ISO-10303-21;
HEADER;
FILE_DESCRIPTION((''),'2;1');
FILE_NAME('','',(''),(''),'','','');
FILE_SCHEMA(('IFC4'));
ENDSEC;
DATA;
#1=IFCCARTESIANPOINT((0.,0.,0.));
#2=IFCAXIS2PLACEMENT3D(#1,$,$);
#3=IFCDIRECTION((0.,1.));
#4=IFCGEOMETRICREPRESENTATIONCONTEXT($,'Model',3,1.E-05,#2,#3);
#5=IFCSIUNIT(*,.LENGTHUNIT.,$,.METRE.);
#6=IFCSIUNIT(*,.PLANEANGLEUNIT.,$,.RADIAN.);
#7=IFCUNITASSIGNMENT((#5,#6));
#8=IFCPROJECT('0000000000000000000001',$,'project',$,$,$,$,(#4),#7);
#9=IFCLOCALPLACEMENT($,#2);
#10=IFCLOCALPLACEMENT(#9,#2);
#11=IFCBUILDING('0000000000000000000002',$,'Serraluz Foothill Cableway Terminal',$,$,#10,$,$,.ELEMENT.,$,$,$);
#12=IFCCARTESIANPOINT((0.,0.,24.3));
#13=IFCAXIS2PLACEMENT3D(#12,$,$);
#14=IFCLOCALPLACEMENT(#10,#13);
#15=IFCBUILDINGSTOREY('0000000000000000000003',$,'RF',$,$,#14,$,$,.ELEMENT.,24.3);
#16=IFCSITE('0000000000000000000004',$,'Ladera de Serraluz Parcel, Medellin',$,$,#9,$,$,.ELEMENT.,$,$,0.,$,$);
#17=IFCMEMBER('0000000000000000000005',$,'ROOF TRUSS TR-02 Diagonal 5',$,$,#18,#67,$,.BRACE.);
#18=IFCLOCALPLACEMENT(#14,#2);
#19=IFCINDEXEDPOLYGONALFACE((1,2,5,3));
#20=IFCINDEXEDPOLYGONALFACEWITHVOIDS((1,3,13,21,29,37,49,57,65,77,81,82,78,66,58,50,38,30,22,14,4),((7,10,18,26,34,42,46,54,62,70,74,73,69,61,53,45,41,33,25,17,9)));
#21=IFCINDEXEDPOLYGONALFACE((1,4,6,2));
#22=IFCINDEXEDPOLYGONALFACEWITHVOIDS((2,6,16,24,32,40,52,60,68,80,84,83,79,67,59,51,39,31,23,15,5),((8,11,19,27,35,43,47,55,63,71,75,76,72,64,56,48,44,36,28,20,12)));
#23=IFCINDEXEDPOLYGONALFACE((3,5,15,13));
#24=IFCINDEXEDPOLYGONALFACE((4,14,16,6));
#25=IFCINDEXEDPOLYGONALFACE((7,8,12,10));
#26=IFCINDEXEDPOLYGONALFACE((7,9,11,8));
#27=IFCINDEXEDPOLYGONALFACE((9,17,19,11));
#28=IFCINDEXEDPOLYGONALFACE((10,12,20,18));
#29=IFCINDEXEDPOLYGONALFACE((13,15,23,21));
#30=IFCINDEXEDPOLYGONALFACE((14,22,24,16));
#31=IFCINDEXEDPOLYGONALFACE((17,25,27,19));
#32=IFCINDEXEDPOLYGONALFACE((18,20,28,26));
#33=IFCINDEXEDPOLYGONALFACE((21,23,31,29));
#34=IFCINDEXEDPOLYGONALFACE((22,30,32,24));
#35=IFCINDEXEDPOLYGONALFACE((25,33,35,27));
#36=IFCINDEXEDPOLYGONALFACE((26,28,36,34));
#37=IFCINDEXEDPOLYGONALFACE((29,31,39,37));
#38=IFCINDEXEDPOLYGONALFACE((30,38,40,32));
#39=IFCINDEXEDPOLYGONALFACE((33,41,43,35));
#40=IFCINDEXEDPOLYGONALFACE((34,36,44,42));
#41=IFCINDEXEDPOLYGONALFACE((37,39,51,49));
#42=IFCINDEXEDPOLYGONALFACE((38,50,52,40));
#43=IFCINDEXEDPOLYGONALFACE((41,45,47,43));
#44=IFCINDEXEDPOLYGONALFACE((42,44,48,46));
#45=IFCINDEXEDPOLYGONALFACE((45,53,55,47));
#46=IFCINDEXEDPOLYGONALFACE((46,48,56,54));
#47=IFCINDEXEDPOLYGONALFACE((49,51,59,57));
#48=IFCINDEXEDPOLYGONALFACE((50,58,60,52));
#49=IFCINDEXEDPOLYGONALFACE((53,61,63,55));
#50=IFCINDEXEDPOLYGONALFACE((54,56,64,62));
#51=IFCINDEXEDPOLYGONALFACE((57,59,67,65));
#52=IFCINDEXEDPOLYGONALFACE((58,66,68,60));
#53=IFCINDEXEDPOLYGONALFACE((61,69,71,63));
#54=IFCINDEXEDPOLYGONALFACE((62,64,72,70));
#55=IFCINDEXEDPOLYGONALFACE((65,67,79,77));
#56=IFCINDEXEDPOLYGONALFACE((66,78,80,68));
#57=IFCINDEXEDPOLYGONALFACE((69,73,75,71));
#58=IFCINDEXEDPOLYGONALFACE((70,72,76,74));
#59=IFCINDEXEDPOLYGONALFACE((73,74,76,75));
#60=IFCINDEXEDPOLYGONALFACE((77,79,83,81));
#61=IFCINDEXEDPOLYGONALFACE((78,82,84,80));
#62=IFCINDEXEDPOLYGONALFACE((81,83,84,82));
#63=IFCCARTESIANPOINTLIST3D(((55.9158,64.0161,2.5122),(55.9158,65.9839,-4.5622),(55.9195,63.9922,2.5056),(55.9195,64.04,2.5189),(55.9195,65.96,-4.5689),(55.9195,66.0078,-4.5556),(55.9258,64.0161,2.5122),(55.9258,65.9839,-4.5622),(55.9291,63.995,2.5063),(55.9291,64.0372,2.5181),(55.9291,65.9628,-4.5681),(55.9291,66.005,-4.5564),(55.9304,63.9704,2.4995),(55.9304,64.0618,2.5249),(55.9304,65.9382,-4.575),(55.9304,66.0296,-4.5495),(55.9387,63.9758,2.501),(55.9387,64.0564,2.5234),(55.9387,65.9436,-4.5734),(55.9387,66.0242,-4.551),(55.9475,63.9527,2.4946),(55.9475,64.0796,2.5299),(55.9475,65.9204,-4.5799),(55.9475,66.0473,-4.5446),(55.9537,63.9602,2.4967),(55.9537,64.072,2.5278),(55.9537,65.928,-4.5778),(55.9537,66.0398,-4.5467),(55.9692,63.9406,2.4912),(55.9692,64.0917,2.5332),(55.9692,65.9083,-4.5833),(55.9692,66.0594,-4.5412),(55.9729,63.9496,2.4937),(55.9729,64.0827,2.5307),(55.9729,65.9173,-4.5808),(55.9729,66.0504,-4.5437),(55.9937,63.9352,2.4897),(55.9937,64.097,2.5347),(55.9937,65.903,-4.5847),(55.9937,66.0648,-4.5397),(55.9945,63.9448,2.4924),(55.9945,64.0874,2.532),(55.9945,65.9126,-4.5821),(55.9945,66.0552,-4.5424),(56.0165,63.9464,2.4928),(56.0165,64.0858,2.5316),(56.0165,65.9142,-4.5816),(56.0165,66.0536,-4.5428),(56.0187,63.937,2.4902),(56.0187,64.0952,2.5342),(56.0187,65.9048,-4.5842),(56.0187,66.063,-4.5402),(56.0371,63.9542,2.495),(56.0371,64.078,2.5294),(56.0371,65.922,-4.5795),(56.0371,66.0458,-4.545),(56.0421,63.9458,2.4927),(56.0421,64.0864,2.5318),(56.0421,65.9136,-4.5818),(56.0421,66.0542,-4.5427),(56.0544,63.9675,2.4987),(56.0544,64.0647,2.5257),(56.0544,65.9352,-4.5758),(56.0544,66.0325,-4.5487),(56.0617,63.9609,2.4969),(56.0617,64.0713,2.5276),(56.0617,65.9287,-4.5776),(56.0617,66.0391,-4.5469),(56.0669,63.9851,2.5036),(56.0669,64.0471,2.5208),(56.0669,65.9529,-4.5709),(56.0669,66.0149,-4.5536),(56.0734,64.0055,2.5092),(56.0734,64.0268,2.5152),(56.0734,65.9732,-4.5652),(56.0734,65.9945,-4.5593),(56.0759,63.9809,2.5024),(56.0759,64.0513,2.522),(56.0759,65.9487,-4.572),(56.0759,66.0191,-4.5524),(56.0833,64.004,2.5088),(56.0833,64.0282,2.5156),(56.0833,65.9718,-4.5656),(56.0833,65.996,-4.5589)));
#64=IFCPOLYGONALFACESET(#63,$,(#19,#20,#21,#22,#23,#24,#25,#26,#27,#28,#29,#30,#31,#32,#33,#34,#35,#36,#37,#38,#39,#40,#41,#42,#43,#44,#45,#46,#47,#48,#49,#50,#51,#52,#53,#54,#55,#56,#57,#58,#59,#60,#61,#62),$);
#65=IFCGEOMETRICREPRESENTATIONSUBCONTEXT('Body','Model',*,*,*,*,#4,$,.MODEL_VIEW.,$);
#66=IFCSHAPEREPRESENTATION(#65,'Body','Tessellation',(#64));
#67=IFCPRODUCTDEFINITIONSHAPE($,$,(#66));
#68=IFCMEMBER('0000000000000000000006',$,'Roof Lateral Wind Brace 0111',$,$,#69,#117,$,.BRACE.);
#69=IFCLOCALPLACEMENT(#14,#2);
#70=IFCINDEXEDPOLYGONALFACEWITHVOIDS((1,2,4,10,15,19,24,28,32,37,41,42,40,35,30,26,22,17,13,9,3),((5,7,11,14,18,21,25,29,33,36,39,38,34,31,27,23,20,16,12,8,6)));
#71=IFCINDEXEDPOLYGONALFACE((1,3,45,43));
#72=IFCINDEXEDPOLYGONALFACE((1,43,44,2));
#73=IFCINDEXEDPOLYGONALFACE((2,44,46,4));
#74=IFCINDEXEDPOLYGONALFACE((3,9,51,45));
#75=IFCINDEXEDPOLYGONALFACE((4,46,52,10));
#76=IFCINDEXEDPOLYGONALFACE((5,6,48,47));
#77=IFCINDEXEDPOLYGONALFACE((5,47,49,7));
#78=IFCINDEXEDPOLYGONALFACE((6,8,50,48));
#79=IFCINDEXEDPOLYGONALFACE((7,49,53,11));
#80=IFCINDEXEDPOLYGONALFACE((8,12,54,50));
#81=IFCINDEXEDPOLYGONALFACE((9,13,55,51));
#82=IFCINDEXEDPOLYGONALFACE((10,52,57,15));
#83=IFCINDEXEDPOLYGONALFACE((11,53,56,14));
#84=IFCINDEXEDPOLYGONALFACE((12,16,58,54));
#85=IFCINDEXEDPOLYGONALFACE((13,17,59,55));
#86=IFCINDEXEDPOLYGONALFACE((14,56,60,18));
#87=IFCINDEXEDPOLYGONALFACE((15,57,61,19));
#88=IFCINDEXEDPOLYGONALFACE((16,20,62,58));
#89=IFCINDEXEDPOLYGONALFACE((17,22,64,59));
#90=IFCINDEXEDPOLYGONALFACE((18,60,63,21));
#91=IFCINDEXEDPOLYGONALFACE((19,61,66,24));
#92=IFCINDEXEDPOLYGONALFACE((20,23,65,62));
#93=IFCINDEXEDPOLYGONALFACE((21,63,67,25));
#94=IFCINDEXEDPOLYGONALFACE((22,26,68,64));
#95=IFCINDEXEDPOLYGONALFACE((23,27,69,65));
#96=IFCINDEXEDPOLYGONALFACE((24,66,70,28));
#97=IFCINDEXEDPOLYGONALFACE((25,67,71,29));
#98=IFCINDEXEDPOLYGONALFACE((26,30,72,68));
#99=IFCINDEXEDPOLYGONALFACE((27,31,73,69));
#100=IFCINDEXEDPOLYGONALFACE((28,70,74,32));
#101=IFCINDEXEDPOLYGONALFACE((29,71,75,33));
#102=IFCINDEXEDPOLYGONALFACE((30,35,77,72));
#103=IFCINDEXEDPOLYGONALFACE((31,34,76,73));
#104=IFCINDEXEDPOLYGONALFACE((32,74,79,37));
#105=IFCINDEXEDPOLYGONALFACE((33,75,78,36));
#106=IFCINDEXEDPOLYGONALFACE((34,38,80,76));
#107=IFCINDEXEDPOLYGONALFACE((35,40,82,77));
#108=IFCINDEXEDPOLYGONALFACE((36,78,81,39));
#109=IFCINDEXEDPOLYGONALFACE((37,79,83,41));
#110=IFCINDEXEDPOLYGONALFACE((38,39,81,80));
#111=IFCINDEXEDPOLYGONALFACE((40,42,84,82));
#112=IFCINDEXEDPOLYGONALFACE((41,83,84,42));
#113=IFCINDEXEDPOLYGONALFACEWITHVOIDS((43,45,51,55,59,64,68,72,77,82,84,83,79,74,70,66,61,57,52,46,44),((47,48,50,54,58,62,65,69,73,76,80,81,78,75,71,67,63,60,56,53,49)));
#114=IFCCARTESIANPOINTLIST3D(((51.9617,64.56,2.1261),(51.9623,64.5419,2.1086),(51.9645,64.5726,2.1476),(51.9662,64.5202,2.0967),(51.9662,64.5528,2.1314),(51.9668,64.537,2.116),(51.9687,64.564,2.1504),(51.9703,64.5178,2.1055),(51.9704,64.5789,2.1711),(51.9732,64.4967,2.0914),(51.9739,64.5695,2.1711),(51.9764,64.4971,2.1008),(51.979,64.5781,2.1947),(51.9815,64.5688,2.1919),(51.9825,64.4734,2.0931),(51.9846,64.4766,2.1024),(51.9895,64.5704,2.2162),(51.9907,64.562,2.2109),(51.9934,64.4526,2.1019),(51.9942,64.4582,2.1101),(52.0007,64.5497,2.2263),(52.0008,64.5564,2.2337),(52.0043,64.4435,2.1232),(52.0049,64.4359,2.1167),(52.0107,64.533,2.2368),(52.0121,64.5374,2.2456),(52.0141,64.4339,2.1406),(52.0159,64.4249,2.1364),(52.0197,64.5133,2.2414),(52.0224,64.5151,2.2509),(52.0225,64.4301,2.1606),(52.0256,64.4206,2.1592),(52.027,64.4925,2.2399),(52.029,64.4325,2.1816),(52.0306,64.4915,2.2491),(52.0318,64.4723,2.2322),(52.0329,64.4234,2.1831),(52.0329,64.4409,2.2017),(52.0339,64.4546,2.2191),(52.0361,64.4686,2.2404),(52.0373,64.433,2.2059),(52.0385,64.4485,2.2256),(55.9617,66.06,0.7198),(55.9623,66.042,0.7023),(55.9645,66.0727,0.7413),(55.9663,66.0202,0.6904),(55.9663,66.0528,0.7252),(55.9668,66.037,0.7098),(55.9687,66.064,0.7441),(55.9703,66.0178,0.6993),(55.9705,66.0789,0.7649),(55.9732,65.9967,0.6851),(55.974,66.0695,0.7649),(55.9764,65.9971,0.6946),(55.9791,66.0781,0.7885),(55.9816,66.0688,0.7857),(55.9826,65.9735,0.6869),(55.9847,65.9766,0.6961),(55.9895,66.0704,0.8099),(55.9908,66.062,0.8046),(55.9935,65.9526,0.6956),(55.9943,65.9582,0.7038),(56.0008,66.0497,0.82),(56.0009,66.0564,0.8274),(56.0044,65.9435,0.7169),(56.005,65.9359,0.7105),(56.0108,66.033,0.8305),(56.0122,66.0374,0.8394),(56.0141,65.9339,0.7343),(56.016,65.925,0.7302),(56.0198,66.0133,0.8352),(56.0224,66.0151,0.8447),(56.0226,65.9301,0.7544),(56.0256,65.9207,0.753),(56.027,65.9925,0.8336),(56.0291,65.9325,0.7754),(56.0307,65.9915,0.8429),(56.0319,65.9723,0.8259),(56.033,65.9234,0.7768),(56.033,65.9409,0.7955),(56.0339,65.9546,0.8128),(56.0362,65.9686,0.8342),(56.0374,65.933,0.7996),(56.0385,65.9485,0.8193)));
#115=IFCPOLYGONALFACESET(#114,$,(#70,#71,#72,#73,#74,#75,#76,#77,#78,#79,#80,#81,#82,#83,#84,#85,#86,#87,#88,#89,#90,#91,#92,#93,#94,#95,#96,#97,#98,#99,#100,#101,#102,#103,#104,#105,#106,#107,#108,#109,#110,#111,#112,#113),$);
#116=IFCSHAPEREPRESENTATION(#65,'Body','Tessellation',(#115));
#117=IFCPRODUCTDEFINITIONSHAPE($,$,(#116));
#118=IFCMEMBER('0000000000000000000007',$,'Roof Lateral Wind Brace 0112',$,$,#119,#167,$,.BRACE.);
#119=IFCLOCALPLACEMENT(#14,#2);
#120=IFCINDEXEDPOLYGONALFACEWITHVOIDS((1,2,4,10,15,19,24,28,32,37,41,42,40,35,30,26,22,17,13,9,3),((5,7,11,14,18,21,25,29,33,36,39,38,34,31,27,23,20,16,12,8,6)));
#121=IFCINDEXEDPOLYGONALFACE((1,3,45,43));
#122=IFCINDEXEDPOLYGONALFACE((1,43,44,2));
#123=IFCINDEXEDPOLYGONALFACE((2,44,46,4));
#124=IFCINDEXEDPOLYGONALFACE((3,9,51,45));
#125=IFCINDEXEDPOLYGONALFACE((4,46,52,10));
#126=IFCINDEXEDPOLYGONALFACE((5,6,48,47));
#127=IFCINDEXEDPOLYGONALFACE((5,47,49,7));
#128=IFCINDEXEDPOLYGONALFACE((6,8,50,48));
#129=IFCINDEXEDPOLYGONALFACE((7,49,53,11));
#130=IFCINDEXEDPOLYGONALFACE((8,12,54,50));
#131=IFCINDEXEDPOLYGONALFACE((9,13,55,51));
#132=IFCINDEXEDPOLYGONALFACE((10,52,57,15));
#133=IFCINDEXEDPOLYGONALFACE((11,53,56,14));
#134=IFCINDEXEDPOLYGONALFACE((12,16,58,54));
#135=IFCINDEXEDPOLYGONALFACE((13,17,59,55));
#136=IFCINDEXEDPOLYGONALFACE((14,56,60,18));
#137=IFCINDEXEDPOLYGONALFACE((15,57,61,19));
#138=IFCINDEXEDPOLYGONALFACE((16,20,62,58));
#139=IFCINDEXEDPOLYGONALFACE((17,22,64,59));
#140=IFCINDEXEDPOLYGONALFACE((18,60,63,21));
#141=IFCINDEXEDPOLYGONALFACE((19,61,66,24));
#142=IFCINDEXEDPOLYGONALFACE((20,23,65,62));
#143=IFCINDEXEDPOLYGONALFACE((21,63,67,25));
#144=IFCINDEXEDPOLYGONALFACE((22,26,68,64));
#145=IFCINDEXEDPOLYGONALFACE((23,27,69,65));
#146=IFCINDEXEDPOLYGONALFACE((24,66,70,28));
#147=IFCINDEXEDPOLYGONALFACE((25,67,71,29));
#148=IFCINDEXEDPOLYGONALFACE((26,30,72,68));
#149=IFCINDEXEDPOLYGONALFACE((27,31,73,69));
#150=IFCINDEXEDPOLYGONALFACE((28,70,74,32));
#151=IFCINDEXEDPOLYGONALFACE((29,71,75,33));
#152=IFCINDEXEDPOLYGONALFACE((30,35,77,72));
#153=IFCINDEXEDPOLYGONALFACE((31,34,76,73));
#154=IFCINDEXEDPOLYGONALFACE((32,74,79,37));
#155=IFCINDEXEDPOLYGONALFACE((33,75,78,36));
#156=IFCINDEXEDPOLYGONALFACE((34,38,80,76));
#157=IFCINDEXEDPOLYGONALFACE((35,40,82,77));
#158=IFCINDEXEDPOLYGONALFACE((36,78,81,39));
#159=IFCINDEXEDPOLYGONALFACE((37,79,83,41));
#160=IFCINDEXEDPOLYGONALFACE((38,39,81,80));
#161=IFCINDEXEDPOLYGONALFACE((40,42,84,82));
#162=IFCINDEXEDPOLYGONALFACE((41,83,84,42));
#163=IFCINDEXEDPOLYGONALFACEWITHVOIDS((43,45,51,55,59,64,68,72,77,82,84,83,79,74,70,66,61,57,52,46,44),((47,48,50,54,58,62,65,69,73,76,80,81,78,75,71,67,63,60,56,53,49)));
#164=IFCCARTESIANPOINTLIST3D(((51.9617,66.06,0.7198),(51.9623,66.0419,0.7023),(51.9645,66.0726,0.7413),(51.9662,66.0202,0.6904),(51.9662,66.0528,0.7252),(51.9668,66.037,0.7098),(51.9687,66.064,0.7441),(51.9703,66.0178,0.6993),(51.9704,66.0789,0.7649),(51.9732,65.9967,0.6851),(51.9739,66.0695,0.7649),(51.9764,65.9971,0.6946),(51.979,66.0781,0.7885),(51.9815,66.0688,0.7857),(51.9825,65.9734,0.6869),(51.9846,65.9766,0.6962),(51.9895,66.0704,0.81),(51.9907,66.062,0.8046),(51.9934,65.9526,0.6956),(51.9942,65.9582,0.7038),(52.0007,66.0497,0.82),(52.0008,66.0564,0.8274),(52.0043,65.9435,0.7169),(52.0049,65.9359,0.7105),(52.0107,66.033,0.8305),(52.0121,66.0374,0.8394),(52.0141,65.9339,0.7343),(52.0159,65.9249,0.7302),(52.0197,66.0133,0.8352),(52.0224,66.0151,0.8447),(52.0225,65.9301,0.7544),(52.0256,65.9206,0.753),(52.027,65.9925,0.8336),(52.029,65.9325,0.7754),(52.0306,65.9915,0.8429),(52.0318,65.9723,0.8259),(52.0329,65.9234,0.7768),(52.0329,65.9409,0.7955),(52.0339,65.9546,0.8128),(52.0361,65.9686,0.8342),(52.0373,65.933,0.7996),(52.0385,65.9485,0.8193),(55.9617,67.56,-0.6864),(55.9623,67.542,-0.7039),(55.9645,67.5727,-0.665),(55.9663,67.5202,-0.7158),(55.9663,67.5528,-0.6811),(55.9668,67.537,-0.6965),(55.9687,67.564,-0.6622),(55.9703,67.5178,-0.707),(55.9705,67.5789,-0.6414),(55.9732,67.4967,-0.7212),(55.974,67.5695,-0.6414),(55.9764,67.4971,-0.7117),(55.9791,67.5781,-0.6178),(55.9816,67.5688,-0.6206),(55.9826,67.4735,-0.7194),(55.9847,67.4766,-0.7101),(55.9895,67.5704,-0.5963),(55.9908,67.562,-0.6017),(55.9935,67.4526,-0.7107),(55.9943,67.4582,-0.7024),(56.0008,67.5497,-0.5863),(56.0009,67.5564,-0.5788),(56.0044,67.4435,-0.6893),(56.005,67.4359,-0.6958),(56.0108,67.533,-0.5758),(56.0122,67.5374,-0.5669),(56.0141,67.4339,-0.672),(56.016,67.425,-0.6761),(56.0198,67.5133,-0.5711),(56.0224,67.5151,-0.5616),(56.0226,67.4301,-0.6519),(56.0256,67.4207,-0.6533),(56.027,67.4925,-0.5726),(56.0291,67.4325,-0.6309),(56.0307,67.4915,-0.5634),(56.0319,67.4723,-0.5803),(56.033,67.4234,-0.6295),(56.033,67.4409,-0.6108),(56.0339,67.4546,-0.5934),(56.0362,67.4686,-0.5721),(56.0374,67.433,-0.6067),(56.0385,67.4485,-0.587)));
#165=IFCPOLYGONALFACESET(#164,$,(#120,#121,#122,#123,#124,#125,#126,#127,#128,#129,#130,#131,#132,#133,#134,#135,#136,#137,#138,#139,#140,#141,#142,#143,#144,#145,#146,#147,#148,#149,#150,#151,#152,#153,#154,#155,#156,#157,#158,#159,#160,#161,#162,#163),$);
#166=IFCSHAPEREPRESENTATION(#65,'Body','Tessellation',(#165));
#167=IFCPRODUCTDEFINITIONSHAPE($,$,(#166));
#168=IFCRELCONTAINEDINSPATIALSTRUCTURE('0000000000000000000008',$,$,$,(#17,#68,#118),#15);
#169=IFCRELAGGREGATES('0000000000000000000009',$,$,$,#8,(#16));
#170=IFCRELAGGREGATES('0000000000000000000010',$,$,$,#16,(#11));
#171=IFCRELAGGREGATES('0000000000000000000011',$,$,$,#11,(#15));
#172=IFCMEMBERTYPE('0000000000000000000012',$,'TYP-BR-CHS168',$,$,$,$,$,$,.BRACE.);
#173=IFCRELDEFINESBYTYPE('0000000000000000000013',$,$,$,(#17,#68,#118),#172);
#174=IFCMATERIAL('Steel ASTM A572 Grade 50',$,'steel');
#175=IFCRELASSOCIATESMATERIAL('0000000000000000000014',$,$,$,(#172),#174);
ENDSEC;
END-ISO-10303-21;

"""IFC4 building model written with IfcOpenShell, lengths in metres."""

from ifc_helpers import new_model, si_unit, direction, frame, origin, origin_2d, place, context, subcontext, project, spatial, hollow_circle, extrude, material, material_profile, profile_set, type_object, element, save


model = new_model("IFC4")

# Units and contexts
model_context = context("Model", 3, precision=1e-05, world=origin(), true_north=direction((0.0, 1.0)))
body_context = subcontext(model_context, "Body", "Model", "MODEL_VIEW")
ifc_project = project(units=[si_unit("LENGTHUNIT", "METRE"), si_unit("PLANEANGLEUNIT", "RADIAN")], contexts=[model_context])

# Site, building, storey
site_placement = place(None, origin())
site = spatial("IfcSite", under=ifc_project, at=site_placement, Name="Ladera de Serraluz Parcel, Medellin", CompositionType="ELEMENT", RefElevation=0.0)
building_placement = place(site_placement, origin())
building = spatial("IfcBuilding", under=site, at=building_placement, Name="Serraluz Foothill Cableway Terminal", CompositionType="ELEMENT")
storey_placement = place(building_placement, frame((0.0, 0.0, 24.3)))
storey = spatial("IfcBuildingStorey", under=building, at=storey_placement, Name="RF", CompositionType="ELEMENT", Elevation=24.3)

# Members
ifc_material_1 = material(Name="Steel ASTM A572 Grade 50", Category="steel")
ifc_material_profile_1 = material_profile(ifc_material_1, hollow_circle(Radius=0.0842, WallThickness=0.01, at=origin_2d()), Name="CHS168X10")
ifc_profile_set_1 = profile_set([ifc_material_profile_1], Name="Steel ASTM A572 Grade 50")
member_type_1 = type_object("IfcMemberType", Name="TYP-BR-CHS168", PredefinedType="BRACE", material=ifc_profile_set_1)
member_1_placement = place(storey_placement, frame((56.0, 64.0161, 2.5122), z_axis=(0.0, 0.267978, -0.963425), x_axis=(-1.0, 0.0, 0.0)))
element("IfcMember", 1, at=member_1_placement, inside=storey, type_object=member_type_1, Name="ROOF TRUSS TR-02 Diagonal 5", PredefinedType="BRACE", context=body_context, shape_type="SweptSolid", body=[
    extrude(hollow_circle(Radius=0.0842, WallThickness=0.01, at=origin_2d()), origin(), (0.0, 0.0, 1.0), 7.343),
])
for number, where, z_axis, x_axis, name in (
    (2, (52.0, 64.5, 2.1711), (0.889382, 0.333518, -0.312673), (-0.351123, 0.936329, 0.0), "Roof Lateral Wind Brace 0111"),
    (3, (52.0, 66.0, 0.7649), (0.889382, 0.333518, -0.312673), (-0.351123, 0.936329, 0.0), "Roof Lateral Wind Brace 0112"),
):
    element("IfcMember", number, at=place(storey_placement, frame(where, z_axis=z_axis, x_axis=x_axis)), inside=storey, type_object=member_type_1, Name=name, PredefinedType="BRACE", context=body_context, shape_type="SweptSolid", body=[
        extrude(hollow_circle(Radius=0.0842, WallThickness=0.01, at=origin_2d()), origin(), (0.0, 0.0, 1.0), 4.4976),
    ])

save(model, "model.ifc")
